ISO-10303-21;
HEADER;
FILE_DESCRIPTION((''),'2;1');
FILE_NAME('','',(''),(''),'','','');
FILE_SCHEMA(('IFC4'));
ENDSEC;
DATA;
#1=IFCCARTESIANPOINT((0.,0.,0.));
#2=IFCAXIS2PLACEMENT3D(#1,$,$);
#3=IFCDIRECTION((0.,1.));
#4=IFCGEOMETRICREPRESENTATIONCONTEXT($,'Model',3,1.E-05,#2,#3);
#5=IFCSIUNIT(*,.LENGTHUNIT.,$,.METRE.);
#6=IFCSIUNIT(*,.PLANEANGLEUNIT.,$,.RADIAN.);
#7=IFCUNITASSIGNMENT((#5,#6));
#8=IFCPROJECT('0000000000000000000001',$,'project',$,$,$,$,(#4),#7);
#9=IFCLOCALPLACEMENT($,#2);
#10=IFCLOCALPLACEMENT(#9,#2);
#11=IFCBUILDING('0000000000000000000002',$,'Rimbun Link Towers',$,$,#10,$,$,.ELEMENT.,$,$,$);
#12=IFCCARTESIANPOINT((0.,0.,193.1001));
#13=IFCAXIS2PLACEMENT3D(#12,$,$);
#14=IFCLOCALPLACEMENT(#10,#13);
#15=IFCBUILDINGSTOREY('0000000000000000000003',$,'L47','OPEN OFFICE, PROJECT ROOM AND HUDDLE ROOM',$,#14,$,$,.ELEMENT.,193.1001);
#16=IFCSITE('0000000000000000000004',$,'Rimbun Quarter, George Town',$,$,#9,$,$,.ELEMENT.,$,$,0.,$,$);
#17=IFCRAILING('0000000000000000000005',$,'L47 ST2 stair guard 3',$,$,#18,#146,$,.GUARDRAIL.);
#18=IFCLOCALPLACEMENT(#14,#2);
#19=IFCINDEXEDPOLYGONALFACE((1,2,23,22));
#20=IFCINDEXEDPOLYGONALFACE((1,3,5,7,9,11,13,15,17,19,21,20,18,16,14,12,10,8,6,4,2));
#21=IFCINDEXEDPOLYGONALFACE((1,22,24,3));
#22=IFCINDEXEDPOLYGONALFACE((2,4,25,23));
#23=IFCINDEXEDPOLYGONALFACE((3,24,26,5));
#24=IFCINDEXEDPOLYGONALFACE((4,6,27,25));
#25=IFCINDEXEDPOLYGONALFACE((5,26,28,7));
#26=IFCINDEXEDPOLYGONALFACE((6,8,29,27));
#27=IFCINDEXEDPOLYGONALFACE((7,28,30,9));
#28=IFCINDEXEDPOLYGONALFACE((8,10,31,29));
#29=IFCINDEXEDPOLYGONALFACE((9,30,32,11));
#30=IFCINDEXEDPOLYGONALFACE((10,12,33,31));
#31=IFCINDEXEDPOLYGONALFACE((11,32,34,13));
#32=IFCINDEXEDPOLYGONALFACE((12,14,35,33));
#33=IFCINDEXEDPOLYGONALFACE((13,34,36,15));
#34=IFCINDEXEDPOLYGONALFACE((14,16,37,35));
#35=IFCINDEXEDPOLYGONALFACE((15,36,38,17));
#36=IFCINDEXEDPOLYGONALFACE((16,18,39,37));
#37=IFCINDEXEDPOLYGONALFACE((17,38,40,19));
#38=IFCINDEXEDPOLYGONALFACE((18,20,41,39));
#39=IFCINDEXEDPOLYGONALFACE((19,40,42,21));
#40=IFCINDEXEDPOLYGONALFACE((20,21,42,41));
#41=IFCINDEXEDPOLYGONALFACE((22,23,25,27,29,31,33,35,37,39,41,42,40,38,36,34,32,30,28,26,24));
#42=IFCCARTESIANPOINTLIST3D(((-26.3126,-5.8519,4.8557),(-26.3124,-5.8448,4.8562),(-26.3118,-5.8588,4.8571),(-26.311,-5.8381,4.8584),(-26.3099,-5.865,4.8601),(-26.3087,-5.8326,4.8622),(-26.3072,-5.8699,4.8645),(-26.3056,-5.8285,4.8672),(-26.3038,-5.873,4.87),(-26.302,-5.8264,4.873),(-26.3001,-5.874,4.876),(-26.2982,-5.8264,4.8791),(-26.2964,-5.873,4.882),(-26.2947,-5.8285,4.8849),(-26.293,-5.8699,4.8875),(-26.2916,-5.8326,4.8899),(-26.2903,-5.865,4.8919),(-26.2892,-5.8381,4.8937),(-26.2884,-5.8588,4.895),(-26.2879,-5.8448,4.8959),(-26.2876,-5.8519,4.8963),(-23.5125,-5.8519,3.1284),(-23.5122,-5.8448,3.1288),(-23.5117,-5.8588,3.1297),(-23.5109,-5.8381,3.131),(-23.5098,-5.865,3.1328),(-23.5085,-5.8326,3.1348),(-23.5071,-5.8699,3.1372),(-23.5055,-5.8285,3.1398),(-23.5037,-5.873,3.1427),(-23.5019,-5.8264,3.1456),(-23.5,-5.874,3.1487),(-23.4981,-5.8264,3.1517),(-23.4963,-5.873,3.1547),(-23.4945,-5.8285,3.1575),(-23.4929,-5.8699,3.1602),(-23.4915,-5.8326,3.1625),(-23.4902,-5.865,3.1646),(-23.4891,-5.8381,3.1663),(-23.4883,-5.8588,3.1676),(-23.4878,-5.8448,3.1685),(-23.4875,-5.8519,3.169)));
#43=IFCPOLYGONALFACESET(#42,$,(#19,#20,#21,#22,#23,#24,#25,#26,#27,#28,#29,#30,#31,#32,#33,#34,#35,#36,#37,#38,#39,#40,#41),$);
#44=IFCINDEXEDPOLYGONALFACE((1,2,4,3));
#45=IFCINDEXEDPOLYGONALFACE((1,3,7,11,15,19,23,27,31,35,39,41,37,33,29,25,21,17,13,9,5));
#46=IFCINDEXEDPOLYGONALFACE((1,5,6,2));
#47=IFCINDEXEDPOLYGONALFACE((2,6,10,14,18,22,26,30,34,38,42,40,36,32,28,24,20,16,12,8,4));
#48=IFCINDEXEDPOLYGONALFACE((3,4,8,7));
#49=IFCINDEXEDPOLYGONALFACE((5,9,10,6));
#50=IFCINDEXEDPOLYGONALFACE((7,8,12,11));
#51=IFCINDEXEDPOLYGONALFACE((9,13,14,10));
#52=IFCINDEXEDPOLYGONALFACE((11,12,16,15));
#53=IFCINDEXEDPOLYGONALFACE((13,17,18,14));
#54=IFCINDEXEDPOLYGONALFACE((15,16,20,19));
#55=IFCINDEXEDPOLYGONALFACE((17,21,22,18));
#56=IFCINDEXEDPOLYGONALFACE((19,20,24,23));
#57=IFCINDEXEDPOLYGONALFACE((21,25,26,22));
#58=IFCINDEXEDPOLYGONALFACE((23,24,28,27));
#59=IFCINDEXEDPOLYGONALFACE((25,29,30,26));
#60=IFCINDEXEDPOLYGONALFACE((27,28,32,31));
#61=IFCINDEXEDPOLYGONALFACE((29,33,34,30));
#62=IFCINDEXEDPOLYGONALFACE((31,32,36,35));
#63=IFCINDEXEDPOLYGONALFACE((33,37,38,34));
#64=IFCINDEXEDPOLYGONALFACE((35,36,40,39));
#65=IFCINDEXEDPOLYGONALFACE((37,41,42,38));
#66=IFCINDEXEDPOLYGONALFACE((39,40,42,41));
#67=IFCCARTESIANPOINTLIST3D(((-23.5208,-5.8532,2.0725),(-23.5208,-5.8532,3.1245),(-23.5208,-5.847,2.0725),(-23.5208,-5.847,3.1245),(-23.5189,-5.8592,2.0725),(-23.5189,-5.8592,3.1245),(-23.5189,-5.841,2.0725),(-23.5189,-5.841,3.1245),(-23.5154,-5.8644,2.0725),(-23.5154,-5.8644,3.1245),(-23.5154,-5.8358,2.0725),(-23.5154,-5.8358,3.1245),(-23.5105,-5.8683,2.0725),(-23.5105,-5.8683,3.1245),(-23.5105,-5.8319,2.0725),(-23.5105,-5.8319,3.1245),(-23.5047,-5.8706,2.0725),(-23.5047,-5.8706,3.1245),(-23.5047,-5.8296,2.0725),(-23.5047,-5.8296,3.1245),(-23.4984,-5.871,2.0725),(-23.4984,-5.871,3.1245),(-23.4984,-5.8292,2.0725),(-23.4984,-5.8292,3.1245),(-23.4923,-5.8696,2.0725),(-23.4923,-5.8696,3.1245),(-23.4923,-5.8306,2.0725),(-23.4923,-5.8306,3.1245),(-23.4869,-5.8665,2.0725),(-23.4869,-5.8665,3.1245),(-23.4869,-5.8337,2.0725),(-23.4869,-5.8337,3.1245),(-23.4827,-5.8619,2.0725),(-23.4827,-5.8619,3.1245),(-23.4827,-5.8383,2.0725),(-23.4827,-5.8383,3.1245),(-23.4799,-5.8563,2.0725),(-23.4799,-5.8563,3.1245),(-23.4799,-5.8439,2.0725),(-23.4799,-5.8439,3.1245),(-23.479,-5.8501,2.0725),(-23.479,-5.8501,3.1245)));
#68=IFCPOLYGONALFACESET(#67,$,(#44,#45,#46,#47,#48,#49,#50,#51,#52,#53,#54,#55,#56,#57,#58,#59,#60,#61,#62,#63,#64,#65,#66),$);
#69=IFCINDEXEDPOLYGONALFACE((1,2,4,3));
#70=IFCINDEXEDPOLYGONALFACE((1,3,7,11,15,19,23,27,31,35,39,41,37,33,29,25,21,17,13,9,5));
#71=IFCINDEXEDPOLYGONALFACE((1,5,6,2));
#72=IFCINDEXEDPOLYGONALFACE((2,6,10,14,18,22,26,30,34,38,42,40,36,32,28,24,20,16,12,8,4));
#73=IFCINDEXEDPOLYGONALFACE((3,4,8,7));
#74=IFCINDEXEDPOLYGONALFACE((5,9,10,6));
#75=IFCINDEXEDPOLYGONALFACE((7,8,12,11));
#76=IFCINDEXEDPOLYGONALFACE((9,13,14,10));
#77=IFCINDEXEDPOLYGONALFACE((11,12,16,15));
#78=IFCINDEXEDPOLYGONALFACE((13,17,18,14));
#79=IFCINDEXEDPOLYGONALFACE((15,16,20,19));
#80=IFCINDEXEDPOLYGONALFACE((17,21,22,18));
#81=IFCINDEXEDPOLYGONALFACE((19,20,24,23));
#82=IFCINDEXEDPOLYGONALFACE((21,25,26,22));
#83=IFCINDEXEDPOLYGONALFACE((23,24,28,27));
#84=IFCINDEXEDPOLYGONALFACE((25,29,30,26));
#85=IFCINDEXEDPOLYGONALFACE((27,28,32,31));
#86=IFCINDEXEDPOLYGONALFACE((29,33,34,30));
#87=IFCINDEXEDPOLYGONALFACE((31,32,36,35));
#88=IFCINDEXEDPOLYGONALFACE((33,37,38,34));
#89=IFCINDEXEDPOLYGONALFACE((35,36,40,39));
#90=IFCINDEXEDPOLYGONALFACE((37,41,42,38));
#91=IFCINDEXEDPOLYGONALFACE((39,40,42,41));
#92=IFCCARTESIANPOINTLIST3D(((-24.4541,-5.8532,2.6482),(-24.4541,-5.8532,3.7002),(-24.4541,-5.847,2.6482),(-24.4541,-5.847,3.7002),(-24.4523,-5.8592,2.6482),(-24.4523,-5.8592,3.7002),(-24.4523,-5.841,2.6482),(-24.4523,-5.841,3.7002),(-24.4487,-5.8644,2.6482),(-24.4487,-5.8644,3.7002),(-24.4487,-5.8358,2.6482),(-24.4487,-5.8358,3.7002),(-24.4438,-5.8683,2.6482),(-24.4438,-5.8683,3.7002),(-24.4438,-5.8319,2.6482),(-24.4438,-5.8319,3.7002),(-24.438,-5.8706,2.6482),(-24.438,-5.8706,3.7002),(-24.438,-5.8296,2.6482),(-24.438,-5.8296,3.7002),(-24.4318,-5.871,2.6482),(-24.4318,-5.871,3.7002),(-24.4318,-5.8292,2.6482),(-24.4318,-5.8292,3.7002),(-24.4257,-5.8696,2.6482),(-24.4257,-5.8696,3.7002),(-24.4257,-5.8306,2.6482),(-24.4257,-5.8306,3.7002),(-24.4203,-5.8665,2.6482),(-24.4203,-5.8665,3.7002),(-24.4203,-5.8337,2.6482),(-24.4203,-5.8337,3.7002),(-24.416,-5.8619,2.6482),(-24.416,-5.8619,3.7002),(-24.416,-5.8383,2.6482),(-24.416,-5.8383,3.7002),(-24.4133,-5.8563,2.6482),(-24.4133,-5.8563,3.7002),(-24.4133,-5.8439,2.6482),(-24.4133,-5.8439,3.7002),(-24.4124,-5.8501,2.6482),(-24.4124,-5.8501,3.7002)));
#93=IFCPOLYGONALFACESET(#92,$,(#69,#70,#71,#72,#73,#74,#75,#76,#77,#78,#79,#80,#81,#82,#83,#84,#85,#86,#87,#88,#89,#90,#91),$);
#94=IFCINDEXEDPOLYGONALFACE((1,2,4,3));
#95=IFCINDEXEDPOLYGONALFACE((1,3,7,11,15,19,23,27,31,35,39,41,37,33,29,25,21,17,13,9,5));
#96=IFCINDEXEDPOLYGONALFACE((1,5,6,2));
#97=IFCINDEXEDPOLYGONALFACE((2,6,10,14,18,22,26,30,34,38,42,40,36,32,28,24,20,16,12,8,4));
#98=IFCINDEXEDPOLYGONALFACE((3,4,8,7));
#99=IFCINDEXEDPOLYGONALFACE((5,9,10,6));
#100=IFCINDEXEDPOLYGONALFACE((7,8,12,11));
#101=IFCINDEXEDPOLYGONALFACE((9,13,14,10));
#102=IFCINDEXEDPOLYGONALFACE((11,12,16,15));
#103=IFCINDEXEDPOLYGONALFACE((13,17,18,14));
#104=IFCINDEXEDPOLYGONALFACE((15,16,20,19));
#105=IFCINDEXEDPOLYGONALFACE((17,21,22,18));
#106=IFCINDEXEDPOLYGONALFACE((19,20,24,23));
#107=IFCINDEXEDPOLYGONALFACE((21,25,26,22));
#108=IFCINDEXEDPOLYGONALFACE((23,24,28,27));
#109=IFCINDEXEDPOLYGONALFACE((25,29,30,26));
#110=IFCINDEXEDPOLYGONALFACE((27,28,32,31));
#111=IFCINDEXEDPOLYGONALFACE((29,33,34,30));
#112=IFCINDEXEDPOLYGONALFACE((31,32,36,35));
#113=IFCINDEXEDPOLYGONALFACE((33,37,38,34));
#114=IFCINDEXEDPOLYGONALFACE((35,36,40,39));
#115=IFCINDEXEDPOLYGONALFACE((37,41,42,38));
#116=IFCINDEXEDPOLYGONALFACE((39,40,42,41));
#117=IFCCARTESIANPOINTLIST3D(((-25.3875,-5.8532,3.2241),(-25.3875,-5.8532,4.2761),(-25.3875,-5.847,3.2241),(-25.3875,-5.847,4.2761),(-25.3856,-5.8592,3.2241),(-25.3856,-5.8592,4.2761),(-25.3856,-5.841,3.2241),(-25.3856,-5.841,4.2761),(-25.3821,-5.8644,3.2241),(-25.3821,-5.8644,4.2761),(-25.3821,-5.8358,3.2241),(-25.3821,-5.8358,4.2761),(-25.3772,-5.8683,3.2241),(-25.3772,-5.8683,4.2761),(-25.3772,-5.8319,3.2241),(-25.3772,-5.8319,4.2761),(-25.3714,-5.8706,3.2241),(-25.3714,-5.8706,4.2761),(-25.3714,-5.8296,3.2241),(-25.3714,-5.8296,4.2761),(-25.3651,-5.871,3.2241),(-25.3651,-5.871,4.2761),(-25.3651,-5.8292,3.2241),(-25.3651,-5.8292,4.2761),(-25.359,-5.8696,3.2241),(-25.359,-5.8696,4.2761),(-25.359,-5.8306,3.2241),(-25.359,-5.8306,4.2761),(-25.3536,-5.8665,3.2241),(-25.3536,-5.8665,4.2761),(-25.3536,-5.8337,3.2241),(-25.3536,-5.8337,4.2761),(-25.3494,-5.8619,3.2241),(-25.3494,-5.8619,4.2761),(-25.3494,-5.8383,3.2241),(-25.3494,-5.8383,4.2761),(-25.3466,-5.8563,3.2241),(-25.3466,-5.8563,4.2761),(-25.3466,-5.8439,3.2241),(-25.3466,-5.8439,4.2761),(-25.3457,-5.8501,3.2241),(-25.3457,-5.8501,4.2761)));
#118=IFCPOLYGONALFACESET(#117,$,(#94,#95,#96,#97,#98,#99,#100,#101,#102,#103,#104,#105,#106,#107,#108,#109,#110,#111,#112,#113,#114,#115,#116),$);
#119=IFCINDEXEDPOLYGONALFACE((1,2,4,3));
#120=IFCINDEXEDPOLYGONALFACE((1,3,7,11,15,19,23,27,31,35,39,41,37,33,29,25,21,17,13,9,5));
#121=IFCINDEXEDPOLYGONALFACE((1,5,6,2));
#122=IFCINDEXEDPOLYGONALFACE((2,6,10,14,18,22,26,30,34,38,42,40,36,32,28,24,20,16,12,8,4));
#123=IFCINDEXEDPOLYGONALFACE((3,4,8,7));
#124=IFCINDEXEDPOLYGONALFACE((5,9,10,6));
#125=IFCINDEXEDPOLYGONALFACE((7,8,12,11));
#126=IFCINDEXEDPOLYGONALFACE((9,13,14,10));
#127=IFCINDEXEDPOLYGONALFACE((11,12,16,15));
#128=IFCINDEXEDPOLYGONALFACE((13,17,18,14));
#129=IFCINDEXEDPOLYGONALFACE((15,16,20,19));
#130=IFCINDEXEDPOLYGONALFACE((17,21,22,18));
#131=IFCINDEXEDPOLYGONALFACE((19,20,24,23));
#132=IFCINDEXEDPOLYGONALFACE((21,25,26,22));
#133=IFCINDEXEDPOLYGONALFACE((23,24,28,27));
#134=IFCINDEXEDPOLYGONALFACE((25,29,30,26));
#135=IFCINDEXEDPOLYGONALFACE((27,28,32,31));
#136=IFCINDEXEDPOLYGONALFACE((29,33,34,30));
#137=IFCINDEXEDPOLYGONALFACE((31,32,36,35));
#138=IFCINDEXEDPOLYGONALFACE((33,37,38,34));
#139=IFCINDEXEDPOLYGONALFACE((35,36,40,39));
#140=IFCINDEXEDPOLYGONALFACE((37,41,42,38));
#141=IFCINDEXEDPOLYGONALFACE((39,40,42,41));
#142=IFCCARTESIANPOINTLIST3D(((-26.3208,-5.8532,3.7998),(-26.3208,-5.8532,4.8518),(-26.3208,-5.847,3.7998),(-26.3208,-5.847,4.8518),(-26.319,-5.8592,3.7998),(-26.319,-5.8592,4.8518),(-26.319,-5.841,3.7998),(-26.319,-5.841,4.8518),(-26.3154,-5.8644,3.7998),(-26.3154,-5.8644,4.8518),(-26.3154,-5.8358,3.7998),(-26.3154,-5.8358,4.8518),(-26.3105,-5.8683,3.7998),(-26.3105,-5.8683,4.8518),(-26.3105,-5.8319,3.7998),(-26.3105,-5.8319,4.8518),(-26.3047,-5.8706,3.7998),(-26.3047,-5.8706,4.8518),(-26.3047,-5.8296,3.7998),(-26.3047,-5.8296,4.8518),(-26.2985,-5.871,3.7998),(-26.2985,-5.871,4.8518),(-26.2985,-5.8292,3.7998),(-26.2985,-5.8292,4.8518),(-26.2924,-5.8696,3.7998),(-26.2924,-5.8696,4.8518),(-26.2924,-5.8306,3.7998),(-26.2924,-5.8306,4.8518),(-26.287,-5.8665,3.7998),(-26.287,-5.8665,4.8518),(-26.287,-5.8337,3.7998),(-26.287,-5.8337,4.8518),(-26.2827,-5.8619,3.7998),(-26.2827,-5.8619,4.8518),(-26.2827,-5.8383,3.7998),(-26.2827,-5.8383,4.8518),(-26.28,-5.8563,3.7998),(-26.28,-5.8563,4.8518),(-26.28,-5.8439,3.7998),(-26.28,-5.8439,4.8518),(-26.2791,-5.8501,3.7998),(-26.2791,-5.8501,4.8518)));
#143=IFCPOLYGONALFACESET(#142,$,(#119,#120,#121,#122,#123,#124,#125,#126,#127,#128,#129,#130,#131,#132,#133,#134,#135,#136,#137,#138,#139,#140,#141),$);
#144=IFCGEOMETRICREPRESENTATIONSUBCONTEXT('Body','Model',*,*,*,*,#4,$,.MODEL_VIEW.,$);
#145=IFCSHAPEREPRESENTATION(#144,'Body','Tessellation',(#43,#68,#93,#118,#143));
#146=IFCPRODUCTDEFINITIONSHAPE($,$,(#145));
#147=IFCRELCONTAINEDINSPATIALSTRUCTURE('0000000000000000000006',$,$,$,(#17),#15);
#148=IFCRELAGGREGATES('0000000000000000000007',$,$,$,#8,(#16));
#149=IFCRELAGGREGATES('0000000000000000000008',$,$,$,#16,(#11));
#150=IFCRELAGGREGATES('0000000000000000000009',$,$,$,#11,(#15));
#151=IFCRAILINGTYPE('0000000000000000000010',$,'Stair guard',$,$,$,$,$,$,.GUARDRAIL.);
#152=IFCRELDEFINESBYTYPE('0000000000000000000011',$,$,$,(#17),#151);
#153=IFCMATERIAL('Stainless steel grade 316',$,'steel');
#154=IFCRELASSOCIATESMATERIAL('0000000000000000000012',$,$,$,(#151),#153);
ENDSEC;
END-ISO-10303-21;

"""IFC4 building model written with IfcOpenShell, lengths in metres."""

from ifc_helpers import new_model, si_unit, direction, frame, origin, origin_2d, place, context, subcontext, project, spatial, circle, extrude, material, type_object, element, save


model = new_model("IFC4")

# Units and contexts
model_context = context("Model", 3, precision=1e-05, world=origin(), true_north=direction((0.0, 1.0)))
body_context = subcontext(model_context, "Body", "Model", "MODEL_VIEW")
ifc_project = project(units=[si_unit("LENGTHUNIT", "METRE"), si_unit("PLANEANGLEUNIT", "RADIAN")], contexts=[model_context])

# Site, building, storey
site_placement = place(None, origin())
site = spatial("IfcSite", under=ifc_project, at=site_placement, Name="Rimbun Quarter, George Town", CompositionType="ELEMENT", RefElevation=0.0)
building_placement = place(site_placement, origin())
building = spatial("IfcBuilding", under=site, at=building_placement, Name="Rimbun Link Towers", CompositionType="ELEMENT")
storey_placement = place(building_placement, frame((0.0, 0.0, 193.1001)))
storey = spatial("IfcBuildingStorey", under=building, at=storey_placement, Name="L47", Description="OPEN OFFICE, PROJECT ROOM AND HUDDLE ROOM", CompositionType="ELEMENT", Elevation=193.1001)

# Railing
ifc_material_1 = material(Name="Stainless steel grade 316", Category="steel")
railing_type_1 = type_object("IfcRailingType", Name="Stair guard", PredefinedType="GUARDRAIL", material=ifc_material_1)
railing_1_placement = place(storey_placement, frame((-23.5, -5.8501, 2.0725)))
element("IfcRailing", 1, at=railing_1_placement, inside=storey, type_object=railing_type_1, Name="L47 ST2 stair guard 3", PredefinedType="GUARDRAIL", context=body_context, shape_type="SweptSolid", body=[
    extrude(circle(Radius=0.0239, at=origin_2d()), frame((0.0, 0.0, 1.0762), z_axis=(-0.85109, 0.0, 0.52502), x_axis=(0.0, -1.0, 0.0)), (0.0, 0.0, 1.0), 3.29),
    extrude(circle(Radius=0.021, at=origin_2d()), origin(), (0.0, 0.0, 1.0), 1.052),
    extrude(circle(Radius=0.021, at=origin_2d()), frame((-0.9333, 0.0, 0.5757)), (0.0, 0.0, 1.0), 1.052),
    extrude(circle(Radius=0.021, at=origin_2d()), frame((-1.8667, 0.0, 1.1516)), (0.0, 0.0, 1.0), 1.052),
    extrude(circle(Radius=0.021, at=origin_2d()), frame((-2.8, 0.0, 1.7273)), (0.0, 0.0, 1.0), 1.052),
])

save(model, "model.ifc")
